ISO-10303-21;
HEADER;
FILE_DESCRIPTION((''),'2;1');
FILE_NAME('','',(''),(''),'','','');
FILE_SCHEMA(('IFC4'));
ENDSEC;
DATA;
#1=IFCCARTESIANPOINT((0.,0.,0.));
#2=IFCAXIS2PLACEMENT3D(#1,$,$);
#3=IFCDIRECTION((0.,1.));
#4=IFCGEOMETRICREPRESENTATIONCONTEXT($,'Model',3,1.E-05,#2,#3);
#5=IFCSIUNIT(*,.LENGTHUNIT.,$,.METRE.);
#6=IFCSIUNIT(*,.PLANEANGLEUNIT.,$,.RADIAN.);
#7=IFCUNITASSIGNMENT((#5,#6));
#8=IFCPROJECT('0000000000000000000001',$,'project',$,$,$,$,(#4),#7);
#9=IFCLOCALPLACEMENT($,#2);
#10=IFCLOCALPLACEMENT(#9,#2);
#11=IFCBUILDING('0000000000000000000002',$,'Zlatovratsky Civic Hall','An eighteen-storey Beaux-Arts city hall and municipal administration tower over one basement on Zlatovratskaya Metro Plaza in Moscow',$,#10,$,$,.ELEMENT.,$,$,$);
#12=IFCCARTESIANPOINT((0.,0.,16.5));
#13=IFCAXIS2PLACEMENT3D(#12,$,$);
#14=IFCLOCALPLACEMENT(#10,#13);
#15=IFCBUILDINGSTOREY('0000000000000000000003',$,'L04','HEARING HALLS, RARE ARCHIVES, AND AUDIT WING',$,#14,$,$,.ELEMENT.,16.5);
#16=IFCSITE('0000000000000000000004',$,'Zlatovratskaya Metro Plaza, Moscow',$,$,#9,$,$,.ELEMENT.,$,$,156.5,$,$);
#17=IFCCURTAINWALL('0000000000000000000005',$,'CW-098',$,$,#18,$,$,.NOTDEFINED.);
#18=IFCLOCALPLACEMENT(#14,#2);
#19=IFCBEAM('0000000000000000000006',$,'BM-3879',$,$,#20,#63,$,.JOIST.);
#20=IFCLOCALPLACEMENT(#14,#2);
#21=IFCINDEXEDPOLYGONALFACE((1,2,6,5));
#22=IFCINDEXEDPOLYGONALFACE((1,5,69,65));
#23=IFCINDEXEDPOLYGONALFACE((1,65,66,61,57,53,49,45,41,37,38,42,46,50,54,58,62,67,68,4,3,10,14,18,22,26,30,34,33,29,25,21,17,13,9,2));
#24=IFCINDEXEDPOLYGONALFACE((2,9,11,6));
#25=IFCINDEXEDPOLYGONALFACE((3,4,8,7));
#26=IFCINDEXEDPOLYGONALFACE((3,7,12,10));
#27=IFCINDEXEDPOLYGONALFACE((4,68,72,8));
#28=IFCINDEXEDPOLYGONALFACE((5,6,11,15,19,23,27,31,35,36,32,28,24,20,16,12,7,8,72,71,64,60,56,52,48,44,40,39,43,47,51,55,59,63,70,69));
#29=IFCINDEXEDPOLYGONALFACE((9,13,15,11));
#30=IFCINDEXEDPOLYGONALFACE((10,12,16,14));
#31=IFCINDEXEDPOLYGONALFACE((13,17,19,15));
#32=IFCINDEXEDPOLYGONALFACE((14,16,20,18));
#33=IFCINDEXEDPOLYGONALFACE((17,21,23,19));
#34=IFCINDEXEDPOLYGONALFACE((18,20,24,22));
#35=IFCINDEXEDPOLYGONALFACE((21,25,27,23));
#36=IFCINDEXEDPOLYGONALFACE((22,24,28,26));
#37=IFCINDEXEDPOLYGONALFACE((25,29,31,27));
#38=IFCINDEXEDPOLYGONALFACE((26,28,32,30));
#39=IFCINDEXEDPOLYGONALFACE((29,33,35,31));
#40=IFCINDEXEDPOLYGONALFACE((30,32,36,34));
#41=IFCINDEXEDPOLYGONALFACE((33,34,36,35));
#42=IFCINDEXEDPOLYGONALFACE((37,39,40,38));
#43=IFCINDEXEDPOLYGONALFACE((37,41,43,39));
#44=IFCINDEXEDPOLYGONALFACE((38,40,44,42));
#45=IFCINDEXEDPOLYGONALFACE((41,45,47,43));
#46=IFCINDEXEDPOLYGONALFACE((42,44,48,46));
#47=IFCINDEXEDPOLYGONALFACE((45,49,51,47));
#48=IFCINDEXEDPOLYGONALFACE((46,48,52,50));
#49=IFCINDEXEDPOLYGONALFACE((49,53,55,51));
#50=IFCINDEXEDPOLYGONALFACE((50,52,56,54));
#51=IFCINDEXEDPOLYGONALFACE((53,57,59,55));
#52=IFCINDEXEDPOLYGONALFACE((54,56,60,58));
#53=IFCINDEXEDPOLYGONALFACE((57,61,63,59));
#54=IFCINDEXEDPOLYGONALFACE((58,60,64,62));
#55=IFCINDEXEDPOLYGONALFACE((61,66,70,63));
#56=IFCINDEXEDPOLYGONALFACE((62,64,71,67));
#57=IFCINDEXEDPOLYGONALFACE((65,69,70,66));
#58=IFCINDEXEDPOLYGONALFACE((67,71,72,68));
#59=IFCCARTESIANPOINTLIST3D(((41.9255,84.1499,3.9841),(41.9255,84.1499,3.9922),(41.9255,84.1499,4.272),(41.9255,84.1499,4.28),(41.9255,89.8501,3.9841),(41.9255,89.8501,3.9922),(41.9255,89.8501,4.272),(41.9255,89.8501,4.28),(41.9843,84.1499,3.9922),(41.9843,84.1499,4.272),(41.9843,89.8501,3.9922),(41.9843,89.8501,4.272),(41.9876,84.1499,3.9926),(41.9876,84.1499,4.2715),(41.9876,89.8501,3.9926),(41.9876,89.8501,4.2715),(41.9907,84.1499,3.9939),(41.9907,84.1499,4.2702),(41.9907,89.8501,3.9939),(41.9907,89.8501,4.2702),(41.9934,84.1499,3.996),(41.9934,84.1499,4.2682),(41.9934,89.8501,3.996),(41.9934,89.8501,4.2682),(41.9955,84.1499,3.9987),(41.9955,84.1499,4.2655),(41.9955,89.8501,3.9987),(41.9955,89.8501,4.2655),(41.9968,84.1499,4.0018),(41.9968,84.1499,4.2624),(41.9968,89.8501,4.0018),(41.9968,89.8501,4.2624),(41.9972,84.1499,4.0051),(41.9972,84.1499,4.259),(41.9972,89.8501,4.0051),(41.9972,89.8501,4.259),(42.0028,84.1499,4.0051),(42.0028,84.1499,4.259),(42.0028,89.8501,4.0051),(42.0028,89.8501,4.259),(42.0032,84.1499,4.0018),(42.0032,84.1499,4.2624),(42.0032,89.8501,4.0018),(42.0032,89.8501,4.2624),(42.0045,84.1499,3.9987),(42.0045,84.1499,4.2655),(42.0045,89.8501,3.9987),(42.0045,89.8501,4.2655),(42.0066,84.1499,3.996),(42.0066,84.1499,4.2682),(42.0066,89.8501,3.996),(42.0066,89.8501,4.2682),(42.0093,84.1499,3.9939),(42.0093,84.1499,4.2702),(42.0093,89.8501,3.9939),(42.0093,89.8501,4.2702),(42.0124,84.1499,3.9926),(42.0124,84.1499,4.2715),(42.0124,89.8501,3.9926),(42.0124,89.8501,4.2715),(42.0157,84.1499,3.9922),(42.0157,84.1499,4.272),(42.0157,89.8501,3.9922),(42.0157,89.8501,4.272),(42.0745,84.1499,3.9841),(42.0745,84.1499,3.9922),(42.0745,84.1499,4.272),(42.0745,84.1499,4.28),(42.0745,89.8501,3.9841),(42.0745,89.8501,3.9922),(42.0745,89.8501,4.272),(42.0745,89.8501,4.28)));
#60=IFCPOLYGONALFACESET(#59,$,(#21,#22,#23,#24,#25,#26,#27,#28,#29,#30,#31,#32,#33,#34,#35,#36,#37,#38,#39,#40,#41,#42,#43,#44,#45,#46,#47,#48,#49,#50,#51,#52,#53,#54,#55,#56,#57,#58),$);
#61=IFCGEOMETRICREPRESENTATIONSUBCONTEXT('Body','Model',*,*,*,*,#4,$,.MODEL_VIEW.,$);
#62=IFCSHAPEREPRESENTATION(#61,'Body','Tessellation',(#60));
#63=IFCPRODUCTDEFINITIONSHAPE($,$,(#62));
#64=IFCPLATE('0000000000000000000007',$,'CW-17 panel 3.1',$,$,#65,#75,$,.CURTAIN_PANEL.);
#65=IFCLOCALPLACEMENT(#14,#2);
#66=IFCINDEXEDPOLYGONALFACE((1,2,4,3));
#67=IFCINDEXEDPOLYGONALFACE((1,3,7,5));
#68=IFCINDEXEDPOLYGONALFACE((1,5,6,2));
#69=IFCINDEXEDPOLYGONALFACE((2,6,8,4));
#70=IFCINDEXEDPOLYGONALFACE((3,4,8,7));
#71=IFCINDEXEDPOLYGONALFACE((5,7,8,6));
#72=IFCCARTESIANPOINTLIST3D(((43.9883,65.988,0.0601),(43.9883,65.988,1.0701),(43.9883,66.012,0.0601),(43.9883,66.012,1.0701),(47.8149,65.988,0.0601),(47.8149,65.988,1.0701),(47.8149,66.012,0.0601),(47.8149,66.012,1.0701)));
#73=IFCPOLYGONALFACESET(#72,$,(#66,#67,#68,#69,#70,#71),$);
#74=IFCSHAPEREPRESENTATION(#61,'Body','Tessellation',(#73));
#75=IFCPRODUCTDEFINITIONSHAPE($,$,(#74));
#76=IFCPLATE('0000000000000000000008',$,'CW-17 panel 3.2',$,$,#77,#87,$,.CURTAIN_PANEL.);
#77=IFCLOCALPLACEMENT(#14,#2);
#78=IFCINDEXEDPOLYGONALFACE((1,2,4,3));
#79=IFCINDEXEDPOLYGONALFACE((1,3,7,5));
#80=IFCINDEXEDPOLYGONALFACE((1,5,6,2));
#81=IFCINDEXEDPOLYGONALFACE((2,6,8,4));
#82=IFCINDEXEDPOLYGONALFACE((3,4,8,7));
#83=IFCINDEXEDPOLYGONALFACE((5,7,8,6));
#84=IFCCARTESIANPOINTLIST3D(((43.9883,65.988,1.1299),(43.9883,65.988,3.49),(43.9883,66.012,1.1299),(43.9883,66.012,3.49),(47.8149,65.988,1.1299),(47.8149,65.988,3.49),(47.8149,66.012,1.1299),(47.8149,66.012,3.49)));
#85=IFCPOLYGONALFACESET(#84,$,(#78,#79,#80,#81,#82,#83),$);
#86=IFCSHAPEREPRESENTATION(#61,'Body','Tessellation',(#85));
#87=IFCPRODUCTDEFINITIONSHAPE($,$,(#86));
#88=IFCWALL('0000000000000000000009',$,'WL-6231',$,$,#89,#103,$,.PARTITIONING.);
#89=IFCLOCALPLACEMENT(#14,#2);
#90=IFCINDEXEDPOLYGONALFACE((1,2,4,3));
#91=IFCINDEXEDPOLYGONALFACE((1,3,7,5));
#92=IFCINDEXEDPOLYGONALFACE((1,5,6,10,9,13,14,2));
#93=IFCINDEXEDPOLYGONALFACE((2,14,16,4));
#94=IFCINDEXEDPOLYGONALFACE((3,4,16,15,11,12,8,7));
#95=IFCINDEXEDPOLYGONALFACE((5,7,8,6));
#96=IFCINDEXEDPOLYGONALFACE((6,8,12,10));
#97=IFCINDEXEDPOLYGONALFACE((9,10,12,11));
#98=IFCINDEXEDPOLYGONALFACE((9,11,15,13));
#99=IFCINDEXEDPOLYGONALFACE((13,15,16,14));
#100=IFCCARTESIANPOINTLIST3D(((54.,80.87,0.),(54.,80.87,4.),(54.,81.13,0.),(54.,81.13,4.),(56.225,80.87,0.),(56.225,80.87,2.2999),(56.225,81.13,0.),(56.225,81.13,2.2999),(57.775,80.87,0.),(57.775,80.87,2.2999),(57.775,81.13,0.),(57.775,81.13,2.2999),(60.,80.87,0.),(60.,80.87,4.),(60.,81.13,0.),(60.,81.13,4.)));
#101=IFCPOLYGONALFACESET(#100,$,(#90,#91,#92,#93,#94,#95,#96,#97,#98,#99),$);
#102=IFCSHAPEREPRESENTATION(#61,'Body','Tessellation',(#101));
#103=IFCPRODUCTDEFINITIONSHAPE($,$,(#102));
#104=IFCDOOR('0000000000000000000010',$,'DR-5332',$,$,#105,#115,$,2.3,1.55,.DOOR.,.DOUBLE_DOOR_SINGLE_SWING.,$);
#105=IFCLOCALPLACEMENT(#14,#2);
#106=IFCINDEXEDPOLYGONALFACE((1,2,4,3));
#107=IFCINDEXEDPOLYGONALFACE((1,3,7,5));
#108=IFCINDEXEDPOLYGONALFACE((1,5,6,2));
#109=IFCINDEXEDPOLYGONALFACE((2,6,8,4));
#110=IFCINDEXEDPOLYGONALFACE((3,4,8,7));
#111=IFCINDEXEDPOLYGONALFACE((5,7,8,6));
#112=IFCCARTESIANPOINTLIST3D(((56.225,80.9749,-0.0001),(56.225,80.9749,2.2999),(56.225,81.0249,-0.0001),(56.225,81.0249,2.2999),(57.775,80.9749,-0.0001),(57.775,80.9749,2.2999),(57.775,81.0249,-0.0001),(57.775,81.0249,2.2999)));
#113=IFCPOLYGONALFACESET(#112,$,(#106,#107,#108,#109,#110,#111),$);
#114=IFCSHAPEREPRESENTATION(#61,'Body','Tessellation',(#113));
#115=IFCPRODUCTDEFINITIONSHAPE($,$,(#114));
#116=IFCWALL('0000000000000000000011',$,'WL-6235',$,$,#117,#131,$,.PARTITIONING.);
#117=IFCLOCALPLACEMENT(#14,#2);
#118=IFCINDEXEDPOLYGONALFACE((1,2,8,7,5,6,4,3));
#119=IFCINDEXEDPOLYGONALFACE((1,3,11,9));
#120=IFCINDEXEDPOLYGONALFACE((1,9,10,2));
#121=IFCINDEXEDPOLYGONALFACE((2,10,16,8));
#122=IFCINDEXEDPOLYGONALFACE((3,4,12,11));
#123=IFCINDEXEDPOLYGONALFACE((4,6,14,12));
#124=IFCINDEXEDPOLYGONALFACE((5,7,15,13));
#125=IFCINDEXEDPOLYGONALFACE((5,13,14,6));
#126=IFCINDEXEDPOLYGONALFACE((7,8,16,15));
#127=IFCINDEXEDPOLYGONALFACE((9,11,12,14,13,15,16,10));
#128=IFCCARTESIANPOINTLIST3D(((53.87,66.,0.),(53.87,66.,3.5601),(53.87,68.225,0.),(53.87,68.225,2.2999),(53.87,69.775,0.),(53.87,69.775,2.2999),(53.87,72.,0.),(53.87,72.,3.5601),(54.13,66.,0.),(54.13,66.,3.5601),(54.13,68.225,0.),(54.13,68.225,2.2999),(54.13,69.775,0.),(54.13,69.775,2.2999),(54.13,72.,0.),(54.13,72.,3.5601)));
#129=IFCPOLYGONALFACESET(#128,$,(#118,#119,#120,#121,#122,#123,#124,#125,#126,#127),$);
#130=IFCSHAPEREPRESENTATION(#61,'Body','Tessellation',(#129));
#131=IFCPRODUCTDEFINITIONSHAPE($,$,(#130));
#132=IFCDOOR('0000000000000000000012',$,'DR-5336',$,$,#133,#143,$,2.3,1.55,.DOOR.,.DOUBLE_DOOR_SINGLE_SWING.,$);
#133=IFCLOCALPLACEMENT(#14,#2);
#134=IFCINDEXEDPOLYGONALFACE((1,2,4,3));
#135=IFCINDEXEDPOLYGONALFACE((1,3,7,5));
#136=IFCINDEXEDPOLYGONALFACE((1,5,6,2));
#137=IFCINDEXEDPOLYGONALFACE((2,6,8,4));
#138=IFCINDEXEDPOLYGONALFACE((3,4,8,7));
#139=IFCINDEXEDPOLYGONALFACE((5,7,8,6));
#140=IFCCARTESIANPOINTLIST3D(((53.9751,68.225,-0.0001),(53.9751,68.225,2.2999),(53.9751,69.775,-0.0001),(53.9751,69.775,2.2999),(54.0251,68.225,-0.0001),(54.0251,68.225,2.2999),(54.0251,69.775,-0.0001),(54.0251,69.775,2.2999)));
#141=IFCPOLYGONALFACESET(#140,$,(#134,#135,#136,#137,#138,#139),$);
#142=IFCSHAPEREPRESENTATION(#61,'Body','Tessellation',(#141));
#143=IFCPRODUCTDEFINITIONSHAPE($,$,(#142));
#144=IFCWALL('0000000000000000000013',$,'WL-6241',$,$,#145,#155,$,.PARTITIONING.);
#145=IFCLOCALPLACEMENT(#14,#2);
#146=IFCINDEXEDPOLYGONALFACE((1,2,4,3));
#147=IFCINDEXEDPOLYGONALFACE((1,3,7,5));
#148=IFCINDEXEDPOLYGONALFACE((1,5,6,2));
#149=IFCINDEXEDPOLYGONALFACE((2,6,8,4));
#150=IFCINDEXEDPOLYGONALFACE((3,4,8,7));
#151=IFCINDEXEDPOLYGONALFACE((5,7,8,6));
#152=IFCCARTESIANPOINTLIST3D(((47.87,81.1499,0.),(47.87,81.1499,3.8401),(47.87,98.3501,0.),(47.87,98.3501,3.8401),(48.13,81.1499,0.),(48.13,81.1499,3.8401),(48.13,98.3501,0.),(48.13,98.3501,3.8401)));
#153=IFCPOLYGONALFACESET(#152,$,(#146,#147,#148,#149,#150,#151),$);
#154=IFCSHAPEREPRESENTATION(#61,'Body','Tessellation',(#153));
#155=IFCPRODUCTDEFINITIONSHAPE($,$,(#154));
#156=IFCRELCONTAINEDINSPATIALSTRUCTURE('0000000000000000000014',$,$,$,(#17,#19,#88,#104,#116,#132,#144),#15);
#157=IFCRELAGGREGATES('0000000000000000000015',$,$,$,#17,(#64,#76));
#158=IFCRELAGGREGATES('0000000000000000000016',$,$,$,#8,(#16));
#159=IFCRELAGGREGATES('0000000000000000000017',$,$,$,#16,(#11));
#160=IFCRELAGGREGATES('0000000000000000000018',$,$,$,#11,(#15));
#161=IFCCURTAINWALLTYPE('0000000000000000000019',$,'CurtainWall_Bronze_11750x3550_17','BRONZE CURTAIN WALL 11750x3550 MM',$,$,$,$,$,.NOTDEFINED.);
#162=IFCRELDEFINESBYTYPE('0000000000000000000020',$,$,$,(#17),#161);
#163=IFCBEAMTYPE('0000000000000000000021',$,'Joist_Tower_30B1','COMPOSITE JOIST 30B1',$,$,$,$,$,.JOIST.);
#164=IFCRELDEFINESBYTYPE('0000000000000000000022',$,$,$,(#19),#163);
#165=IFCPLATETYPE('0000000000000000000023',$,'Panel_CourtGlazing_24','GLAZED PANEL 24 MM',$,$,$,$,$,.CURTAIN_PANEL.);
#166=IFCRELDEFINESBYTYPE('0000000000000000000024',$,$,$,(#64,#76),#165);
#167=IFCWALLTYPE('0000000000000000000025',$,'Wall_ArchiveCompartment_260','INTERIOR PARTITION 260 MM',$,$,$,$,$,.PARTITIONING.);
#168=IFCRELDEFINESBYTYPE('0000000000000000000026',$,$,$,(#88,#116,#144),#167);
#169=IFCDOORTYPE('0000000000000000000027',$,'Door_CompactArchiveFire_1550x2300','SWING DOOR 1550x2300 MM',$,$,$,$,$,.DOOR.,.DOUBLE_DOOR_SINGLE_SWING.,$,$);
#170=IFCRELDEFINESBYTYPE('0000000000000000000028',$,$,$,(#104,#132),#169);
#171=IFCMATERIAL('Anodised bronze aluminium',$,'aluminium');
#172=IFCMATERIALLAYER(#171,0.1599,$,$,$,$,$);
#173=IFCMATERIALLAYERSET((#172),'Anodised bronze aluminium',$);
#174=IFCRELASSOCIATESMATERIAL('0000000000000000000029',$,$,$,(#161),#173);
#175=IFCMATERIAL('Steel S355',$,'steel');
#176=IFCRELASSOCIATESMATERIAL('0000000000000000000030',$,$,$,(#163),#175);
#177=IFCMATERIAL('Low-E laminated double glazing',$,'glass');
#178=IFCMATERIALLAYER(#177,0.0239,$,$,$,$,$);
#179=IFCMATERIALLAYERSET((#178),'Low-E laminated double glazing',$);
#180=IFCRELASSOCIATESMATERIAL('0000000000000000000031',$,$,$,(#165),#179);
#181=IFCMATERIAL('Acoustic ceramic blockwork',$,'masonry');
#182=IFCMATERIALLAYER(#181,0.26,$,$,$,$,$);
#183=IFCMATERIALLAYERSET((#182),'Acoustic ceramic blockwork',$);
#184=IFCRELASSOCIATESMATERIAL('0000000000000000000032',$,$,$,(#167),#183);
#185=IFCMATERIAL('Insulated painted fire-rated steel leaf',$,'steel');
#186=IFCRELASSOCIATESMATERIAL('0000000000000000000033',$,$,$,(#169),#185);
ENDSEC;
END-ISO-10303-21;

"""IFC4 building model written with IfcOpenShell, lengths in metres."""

from ifc_helpers import new_model, si_unit, direction, frame, frame_2d, origin, origin_2d, place, context, subcontext, project, spatial, rectangle, i_section, extrude, material, layer, layer_set, material_profile, profile_set, type_object, element, fill, aggregate, save


model = new_model("IFC4")

# Units and contexts
model_context = context("Model", 3, precision=1e-05, world=origin(), true_north=direction((0.0, 1.0)))
body_context = subcontext(model_context, "Body", "Model", "MODEL_VIEW")
ifc_project = project(units=[si_unit("LENGTHUNIT", "METRE"), si_unit("PLANEANGLEUNIT", "RADIAN")], contexts=[model_context])

# Site, building, storey
site_placement = place(None, origin())
site = spatial("IfcSite", under=ifc_project, at=site_placement, Name="Zlatovratskaya Metro Plaza, Moscow", CompositionType="ELEMENT", RefElevation=156.5)
building_placement = place(site_placement, origin())
building = spatial("IfcBuilding", under=site, at=building_placement, Name="Zlatovratsky Civic Hall", Description="An eighteen-storey Beaux-Arts city hall and municipal administration tower over one basement on Zlatovratskaya Metro Plaza in Moscow", CompositionType="ELEMENT")
storey_placement = place(building_placement, frame((0.0, 0.0, 16.5)))
storey = spatial("IfcBuildingStorey", under=building, at=storey_placement, Name="L04", Description="HEARING HALLS, RARE ARCHIVES, AND AUDIT WING", CompositionType="ELEMENT", Elevation=16.5)

# Shared definitions
ifc_material_1 = material(Name="Steel S355", Category="steel")

# Curtain wall
ifc_material_2 = material(Name="Anodised bronze aluminium", Category="aluminium")
ifc_layer_1 = layer(ifc_material_2, 0.1599)
ifc_layer_set_1 = layer_set([ifc_layer_1], Name="Anodised bronze aluminium")
curtain_wall_type = type_object("IfcCurtainWallType", Name="CurtainWall_Bronze_11750x3550_17", Description="BRONZE CURTAIN WALL 11750x3550 MM", PredefinedType="NOTDEFINED", material=ifc_layer_set_1)
curtain_wall_placement = place(storey_placement, origin())
curtain_wall = element("IfcCurtainWall", 1, at=curtain_wall_placement, inside=storey, type_object=curtain_wall_type, Name="CW-098", PredefinedType="NOTDEFINED")

# Beam
ifc_material_profile_1 = material_profile(ifc_material_1, i_section(OverallWidth=0.1489, OverallDepth=0.2959, WebThickness=0.0056, FlangeThickness=0.0081, FilletRadius=0.0129, at=origin_2d()), Name="30B1")
ifc_profile_set_1 = profile_set([ifc_material_profile_1], Name="Steel S355")
beam_type_1 = type_object("IfcBeamType", Name="Joist_Tower_30B1", Description="COMPOSITE JOIST 30B1", PredefinedType="JOIST", material=ifc_profile_set_1)
beam_1_placement = place(storey_placement, frame((42.0, 84.1499, 4.1321), z_axis=(0.0, 1.0, 0.0), x_axis=(-1.0, 0.0, 0.0)))
element("IfcBeam", 2, at=beam_1_placement, inside=storey, type_object=beam_type_1, Name="BM-3879", PredefinedType="JOIST", context=body_context, shape_type="SweptSolid", body=[
    extrude(i_section(OverallWidth=0.1489, OverallDepth=0.2959, WebThickness=0.0056, FlangeThickness=0.0081, FilletRadius=0.0129, at=origin_2d()), origin(), (0.0, 0.0, 1.0), 5.7002),
])

# Plates
ifc_material_3 = material(Name="Low-E laminated double glazing", Category="glass")
ifc_layer_2 = layer(ifc_material_3, 0.0239)
ifc_layer_set_2 = layer_set([ifc_layer_2], Name="Low-E laminated double glazing")
plate_type = type_object("IfcPlateType", Name="Panel_CourtGlazing_24", Description="GLAZED PANEL 24 MM", PredefinedType="CURTAIN_PANEL", material=ifc_layer_set_2)
plate_1_placement = place(storey_placement, frame((45.9016, 66.0, 0.0601), z_axis=(0.0, 0.0, 1.0), x_axis=(1.0, 0.0, 0.0)))
plate_1 = element("IfcPlate", 3, at=plate_1_placement, type_object=plate_type, Name="CW-17 panel 3.1", PredefinedType="CURTAIN_PANEL", context=body_context, shape_type="SweptSolid", body=[
    extrude(rectangle(XDim=3.8267, YDim=0.0239, at=origin_2d()), origin(), (0.0, 0.0, 1.0), 1.01),
])
plate_2_placement = place(storey_placement, frame((45.9016, 66.0, 1.1299), z_axis=(0.0, 0.0, 1.0), x_axis=(1.0, 0.0, 0.0)))
plate_2 = element("IfcPlate", 4, at=plate_2_placement, type_object=plate_type, Name="CW-17 panel 3.2", PredefinedType="CURTAIN_PANEL", context=body_context, shape_type="SweptSolid", body=[
    extrude(rectangle(XDim=3.8267, YDim=0.0239, at=origin_2d()), origin(), (0.0, 0.0, 1.0), 2.3601),
])
aggregate(curtain_wall, [plate_1, plate_2])

# Walls, openings, doors
ifc_material_4 = material(Name="Acoustic ceramic blockwork", Category="masonry")
ifc_layer_3 = layer(ifc_material_4, 0.26)
ifc_layer_set_3 = layer_set([ifc_layer_3], Name="Acoustic ceramic blockwork")
wall_type = type_object("IfcWallType", Name="Wall_ArchiveCompartment_260", Description="INTERIOR PARTITION 260 MM", PredefinedType="PARTITIONING", material=ifc_layer_set_3)
wall_1_placement = place(storey_placement, frame((54.0, 81.0, 0.0), z_axis=(0.0, 0.0, 1.0), x_axis=(1.0, 0.0, 0.0)))
wall_1 = element("IfcWall", 5, at=wall_1_placement, inside=storey, type_object=wall_type, Name="WL-6231", PredefinedType="PARTITIONING", context=body_context, shape_type="SweptSolid", body=[
    extrude(rectangle(XDim=6.0, YDim=0.26, at=frame_2d((3.0, 0.0))), origin(), (0.0, 0.0, 1.0), 4.0),
])
opening_1_placement = place(wall_1_placement, frame((2.2251, 0.0, 0.0)))
opening_1 = element("IfcOpeningElement", 6, at=opening_1_placement, cuts=wall_1, PredefinedType="OPENING", context=body_context, shape_type="SweptSolid", body=[
    extrude(rectangle(XDim=1.55, YDim=2.3, at=frame_2d((0.7749, 1.1499))), frame((0.0, 0.145, 0.0), z_axis=(0.0, -1.0, 0.0), x_axis=(1.0, 0.0, 0.0)), (0.0, 0.0, 1.0), 0.2898),
])
ifc_material_5 = material(Name="Insulated painted fire-rated steel leaf", Category="steel")
door_type = type_object("IfcDoorType", Name="Door_CompactArchiveFire_1550x2300", Description="SWING DOOR 1550x2300 MM", OperationType="DOUBLE_DOOR_SINGLE_SWING", PredefinedType="DOOR", material=ifc_material_5)
door_1_placement = place(opening_1_placement, origin())
door_1 = element("IfcDoor", 7, at=door_1_placement, inside=storey, type_object=door_type, Name="DR-5332", OperationType="DOUBLE_DOOR_SINGLE_SWING", OverallHeight=2.3, OverallWidth=1.55, PredefinedType="DOOR", context=body_context, shape_type="SweptSolid", body=[
    extrude(rectangle(XDim=1.55, YDim=2.3, at=frame_2d((0.7749, 1.1499))), frame((0.0, 0.0249, 0.0), z_axis=(0.0, -1.0, 0.0), x_axis=(1.0, 0.0, 0.0)), (0.0, 0.0, 1.0), 0.05),
])
fill(opening_1, door_1)
wall_2_placement = place(storey_placement, frame((54.0, 66.0, 0.0), z_axis=(0.0, 0.0, 1.0), x_axis=(0.0, 1.0, 0.0)))
wall_2 = element("IfcWall", 8, at=wall_2_placement, inside=storey, type_object=wall_type, Name="WL-6235", PredefinedType="PARTITIONING", context=body_context, shape_type="SweptSolid", body=[
    extrude(rectangle(XDim=6.0, YDim=0.26, at=frame_2d((3.0, 0.0))), origin(), (0.0, 0.0, 1.0), 3.5601),
])
opening_2_placement = place(wall_2_placement, frame((2.2251, 0.0, 0.0)))
opening_2 = element("IfcOpeningElement", 9, at=opening_2_placement, cuts=wall_2, PredefinedType="OPENING", context=body_context, shape_type="SweptSolid", body=[
    extrude(rectangle(XDim=1.55, YDim=2.3, at=frame_2d((0.7749, 1.1499))), frame((0.0, 0.145, 0.0), z_axis=(0.0, -1.0, 0.0), x_axis=(1.0, 0.0, 0.0)), (0.0, 0.0, 1.0), 0.2898),
])
door_2_placement = place(opening_2_placement, origin())
door_2 = element("IfcDoor", 10, at=door_2_placement, inside=storey, type_object=door_type, Name="DR-5336", OperationType="DOUBLE_DOOR_SINGLE_SWING", OverallHeight=2.3, OverallWidth=1.55, PredefinedType="DOOR", context=body_context, shape_type="SweptSolid", body=[
    extrude(rectangle(XDim=1.55, YDim=2.3, at=frame_2d((0.7749, 1.1499))), frame((0.0, 0.0249, 0.0), z_axis=(0.0, -1.0, 0.0), x_axis=(1.0, 0.0, 0.0)), (0.0, 0.0, 1.0), 0.05),
])
fill(opening_2, door_2)

# Wall
wall_3_placement = place(storey_placement, frame((48.0, 81.1499, 0.0), z_axis=(0.0, 0.0, 1.0), x_axis=(0.0, 1.0, 0.0)))
element("IfcWall", 11, at=wall_3_placement, inside=storey, type_object=wall_type, Name="WL-6241", PredefinedType="PARTITIONING", context=body_context, shape_type="SweptSolid", body=[
    extrude(rectangle(XDim=17.2002, YDim=0.26, at=frame_2d((8.6001, 0.0))), origin(), (0.0, 0.0, 1.0), 3.8401),
])

save(model, "model.ifc")
